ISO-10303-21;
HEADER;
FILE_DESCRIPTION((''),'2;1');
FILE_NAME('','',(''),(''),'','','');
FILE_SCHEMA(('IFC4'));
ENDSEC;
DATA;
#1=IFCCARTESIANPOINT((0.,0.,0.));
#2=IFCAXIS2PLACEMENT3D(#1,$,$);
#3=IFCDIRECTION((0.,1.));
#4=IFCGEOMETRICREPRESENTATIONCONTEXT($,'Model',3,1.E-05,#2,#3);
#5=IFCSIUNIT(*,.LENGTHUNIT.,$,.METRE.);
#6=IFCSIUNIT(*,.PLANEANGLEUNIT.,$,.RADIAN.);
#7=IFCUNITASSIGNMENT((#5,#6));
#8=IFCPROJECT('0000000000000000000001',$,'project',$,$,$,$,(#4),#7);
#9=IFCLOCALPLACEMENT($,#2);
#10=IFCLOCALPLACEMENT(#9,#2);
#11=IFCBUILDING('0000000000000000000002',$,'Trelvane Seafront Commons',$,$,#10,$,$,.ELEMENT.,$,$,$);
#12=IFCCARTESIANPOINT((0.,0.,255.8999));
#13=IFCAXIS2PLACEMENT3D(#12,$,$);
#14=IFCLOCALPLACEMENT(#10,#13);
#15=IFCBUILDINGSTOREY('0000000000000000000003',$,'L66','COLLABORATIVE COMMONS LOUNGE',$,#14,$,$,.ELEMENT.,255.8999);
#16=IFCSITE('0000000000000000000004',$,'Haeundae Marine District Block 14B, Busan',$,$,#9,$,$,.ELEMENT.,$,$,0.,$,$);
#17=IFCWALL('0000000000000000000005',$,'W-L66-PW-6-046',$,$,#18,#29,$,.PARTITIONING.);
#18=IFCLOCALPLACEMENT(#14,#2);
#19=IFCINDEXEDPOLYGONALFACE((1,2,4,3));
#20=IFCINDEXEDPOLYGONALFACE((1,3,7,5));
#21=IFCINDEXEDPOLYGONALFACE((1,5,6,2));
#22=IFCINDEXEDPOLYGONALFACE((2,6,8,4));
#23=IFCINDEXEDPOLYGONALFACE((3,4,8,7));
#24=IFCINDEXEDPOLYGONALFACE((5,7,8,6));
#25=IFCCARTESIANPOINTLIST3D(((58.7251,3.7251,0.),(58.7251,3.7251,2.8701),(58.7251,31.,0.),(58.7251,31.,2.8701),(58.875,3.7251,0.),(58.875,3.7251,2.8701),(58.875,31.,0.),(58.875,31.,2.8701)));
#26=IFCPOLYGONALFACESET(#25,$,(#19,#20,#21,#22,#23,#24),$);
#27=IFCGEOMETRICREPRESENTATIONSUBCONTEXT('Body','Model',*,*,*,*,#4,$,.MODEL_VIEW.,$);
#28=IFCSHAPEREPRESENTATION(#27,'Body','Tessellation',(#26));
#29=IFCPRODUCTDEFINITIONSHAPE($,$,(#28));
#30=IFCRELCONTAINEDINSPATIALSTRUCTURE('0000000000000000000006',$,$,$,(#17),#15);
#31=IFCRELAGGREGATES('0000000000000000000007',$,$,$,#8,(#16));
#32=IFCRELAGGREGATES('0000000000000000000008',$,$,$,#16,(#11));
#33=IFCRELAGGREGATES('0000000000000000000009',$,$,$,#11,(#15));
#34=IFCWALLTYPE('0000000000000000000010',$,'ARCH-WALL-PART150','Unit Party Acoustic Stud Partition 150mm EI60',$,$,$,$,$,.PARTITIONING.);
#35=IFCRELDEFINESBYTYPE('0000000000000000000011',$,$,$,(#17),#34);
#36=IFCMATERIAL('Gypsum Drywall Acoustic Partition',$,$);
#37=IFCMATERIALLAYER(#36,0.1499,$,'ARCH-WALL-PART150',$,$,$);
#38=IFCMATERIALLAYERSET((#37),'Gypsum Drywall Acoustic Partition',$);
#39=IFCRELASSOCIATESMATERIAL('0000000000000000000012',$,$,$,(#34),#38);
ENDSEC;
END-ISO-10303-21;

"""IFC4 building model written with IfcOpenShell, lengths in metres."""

from ifc_helpers import new_model, si_unit, direction, frame, frame_2d, origin, place, context, subcontext, project, spatial, rectangle, extrude, material, layer, layer_set, type_object, element, save


model = new_model("IFC4")

# Units and contexts
model_context = context("Model", 3, precision=1e-05, world=origin(), true_north=direction((0.0, 1.0)))
body_context = subcontext(model_context, "Body", "Model", "MODEL_VIEW")
ifc_project = project(units=[si_unit("LENGTHUNIT", "METRE"), si_unit("PLANEANGLEUNIT", "RADIAN")], contexts=[model_context])

# Site, building, storey
site_placement = place(None, origin())
site = spatial("IfcSite", under=ifc_project, at=site_placement, Name="Haeundae Marine District Block 14B, Busan", CompositionType="ELEMENT", RefElevation=0.0)
building_placement = place(site_placement, origin())
building = spatial("IfcBuilding", under=site, at=building_placement, Name="Trelvane Seafront Commons", CompositionType="ELEMENT")
storey_placement = place(building_placement, frame((0.0, 0.0, 255.8999)))
storey = spatial("IfcBuildingStorey", under=building, at=storey_placement, Name="L66", Description="COLLABORATIVE COMMONS LOUNGE", CompositionType="ELEMENT", Elevation=255.8999)

# Wall
ifc_material_1 = material(Name="Gypsum Drywall Acoustic Partition")
ifc_layer_1 = layer(ifc_material_1, 0.1499, Name="ARCH-WALL-PART150")
ifc_layer_set_1 = layer_set([ifc_layer_1], Name="Gypsum Drywall Acoustic Partition")
wall_type_1 = type_object("IfcWallType", Name="ARCH-WALL-PART150", Description="Unit Party Acoustic Stud Partition 150mm EI60", PredefinedType="PARTITIONING", material=ifc_layer_set_1)
wall_1_placement = place(storey_placement, frame((58.8, 3.7251, 0.0), z_axis=(0.0, 0.0, 1.0), x_axis=(0.0, 1.0, 0.0)))
element("IfcWall", 1, at=wall_1_placement, inside=storey, type_object=wall_type_1, Name="W-L66-PW-6-046", PredefinedType="PARTITIONING", context=body_context, shape_type="SweptSolid", body=[
    extrude(rectangle(XDim=27.2749, YDim=0.1499, at=frame_2d((13.6375, 0.0))), origin(), (0.0, 0.0, 1.0), 2.8701),
])

save(model, "model.ifc")
